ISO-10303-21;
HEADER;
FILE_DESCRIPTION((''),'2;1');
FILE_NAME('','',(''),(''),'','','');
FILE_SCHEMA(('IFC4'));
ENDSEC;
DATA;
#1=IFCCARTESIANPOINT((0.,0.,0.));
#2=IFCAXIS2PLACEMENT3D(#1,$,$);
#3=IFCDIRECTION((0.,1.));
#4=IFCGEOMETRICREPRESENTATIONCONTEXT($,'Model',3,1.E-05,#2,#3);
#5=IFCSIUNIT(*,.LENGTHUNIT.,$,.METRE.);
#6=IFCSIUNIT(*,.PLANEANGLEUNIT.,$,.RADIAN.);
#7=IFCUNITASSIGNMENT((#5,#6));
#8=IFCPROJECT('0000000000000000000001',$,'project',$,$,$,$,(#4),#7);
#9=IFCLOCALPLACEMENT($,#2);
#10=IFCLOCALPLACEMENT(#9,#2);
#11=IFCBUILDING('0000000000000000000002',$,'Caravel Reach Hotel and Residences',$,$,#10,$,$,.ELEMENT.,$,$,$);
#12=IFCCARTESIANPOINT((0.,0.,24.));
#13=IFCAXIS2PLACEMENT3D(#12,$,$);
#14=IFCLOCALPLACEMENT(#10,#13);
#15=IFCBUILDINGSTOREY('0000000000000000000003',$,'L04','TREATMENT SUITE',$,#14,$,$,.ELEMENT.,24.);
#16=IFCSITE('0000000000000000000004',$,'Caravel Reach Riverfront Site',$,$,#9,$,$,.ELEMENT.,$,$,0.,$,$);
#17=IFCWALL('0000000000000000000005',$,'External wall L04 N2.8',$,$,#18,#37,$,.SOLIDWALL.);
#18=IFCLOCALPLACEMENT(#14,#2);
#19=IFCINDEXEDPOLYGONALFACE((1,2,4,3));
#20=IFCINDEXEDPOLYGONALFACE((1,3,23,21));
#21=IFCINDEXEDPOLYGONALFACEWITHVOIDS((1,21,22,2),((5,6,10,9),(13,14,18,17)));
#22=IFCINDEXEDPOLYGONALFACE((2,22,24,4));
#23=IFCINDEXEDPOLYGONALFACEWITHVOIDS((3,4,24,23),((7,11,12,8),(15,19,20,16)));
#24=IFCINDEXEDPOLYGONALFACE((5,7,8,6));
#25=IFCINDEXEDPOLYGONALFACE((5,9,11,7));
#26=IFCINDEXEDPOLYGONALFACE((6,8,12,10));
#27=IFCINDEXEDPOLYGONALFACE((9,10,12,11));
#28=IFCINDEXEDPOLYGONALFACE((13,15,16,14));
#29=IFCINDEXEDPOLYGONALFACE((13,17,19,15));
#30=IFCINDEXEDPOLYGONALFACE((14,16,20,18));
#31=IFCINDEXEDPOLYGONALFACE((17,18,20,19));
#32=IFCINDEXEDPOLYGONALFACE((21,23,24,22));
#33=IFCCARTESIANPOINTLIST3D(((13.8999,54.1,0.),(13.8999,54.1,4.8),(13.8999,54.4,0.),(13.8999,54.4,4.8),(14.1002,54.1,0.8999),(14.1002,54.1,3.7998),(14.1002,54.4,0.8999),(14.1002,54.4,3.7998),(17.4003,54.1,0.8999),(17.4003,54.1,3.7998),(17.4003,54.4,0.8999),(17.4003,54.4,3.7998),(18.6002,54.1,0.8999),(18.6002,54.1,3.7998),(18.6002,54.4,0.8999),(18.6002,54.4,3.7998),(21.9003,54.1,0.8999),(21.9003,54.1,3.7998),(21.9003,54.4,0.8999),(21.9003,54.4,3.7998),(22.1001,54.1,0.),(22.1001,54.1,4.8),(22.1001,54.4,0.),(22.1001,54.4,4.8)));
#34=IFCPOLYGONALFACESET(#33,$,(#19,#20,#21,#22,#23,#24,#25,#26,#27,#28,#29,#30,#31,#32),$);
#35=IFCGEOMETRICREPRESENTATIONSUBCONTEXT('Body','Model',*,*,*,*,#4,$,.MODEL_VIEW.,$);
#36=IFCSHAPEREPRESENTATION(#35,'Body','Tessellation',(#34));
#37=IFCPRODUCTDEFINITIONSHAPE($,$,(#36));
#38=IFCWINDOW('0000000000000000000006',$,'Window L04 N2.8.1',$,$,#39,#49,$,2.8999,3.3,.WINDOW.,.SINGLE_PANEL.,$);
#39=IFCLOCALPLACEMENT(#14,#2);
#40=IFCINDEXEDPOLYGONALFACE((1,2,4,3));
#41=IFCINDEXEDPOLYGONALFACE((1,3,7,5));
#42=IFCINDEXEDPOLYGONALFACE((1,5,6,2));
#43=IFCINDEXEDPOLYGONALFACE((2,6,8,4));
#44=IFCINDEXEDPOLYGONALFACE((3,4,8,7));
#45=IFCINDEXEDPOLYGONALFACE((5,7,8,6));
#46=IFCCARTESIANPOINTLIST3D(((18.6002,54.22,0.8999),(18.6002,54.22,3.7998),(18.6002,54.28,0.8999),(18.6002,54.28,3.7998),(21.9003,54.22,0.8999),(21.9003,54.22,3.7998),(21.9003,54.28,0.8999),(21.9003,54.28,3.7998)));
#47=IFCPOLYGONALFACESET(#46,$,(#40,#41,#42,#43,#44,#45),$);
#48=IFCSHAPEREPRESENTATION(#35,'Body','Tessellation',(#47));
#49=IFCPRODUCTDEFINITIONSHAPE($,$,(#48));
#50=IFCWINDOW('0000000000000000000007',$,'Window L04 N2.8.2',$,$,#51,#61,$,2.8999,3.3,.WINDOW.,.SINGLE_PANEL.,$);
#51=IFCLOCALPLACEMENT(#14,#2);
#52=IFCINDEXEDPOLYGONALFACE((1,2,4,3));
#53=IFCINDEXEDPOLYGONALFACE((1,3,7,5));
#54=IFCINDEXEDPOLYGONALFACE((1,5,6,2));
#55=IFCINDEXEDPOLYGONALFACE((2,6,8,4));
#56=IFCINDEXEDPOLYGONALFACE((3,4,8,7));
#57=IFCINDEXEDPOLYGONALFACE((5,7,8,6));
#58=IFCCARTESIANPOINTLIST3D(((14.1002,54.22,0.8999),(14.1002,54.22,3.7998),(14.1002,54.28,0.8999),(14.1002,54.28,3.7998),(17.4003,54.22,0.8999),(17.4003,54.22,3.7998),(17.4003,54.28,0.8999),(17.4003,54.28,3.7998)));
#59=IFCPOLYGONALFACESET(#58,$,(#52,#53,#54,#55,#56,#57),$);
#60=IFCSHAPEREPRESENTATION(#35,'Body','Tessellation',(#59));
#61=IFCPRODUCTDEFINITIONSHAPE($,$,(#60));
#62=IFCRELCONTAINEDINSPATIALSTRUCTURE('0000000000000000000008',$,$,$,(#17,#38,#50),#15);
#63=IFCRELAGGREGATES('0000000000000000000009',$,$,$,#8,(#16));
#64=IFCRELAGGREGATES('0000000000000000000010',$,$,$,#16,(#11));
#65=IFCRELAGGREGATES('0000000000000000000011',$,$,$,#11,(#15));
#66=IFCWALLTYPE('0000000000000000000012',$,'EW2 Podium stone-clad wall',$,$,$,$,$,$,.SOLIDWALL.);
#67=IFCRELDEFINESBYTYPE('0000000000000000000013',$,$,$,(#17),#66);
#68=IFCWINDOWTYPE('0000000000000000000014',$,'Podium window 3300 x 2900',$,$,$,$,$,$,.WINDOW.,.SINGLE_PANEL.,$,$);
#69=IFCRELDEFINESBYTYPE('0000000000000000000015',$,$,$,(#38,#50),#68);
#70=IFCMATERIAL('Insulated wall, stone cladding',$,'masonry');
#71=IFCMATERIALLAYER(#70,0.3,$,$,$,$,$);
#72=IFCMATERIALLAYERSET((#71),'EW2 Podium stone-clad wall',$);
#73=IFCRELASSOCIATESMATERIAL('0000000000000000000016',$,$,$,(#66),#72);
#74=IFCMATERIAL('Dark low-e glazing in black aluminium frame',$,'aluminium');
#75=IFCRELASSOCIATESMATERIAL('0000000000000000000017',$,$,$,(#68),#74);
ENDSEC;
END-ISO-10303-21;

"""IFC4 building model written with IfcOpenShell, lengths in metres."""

from ifc_helpers import new_model, si_unit, direction, frame, frame_2d, origin, place, context, subcontext, project, spatial, rectangle, extrude, material, layer, layer_set, type_object, element, fill, save


model = new_model("IFC4")

# Units and contexts
model_context = context("Model", 3, precision=1e-05, world=origin(), true_north=direction((0.0, 1.0)))
body_context = subcontext(model_context, "Body", "Model", "MODEL_VIEW")
ifc_project = project(units=[si_unit("LENGTHUNIT", "METRE"), si_unit("PLANEANGLEUNIT", "RADIAN")], contexts=[model_context])

# Site, building, storey
site_placement = place(None, origin())
site = spatial("IfcSite", under=ifc_project, at=site_placement, Name="Caravel Reach Riverfront Site", CompositionType="ELEMENT", RefElevation=0.0)
building_placement = place(site_placement, origin())
building = spatial("IfcBuilding", under=site, at=building_placement, Name="Caravel Reach Hotel and Residences", CompositionType="ELEMENT")
storey_placement = place(building_placement, frame((0.0, 0.0, 24.0)))
storey = spatial("IfcBuildingStorey", under=building, at=storey_placement, Name="L04", Description="TREATMENT SUITE", CompositionType="ELEMENT", Elevation=24.0)

# Shared definitions
ifc_material_1 = material(Name="Insulated wall, stone cladding", Category="masonry")
ifc_layer = layer(ifc_material_1, 0.3)
ifc_layer_set = layer_set([ifc_layer], Name="EW2 Podium stone-clad wall")
wall_type = type_object("IfcWallType", Name="EW2 Podium stone-clad wall", PredefinedType="SOLIDWALL", material=ifc_layer_set)
ifc_material_2 = material(Name="Dark low-e glazing in black aluminium frame", Category="aluminium")
window_type = type_object("IfcWindowType", Name="Podium window 3300 x 2900", PartitioningType="SINGLE_PANEL", PredefinedType="WINDOW", material=ifc_material_2)

# Wall, openings, windows
wall_1_placement = place(storey_placement, frame((22.1001, 54.25, 0.0), z_axis=(0.0, 0.0, 1.0), x_axis=(-1.0, 0.0, 0.0)))
wall_1 = element("IfcWall", 1, at=wall_1_placement, inside=storey, type_object=wall_type, Name="External wall L04 N2.8", PredefinedType="SOLIDWALL", context=body_context, shape_type="SweptSolid", body=[
    extrude(rectangle(XDim=8.2002, YDim=0.3, at=frame_2d((4.1001, 0.0))), origin(), (0.0, 0.0, 1.0), 4.8),
])
opening_1_placement = place(wall_1_placement, frame((0.2, 0.0, 0.8999)))
opening_1 = element("IfcOpeningElement", 2, at=opening_1_placement, cuts=wall_1, PredefinedType="OPENING", context=body_context, shape_type="SweptSolid", body=[
    extrude(rectangle(XDim=3.3, YDim=2.8999, at=frame_2d((1.6499, 1.45))), frame((0.0, 0.1599, 0.0), z_axis=(0.0, -1.0, 0.0), x_axis=(1.0, 0.0, 0.0)), (0.0, 0.0, 1.0), 0.3201),
])
opening_2_placement = place(wall_1_placement, frame((4.7, 0.0, 0.8999)))
opening_2 = element("IfcOpeningElement", 3, at=opening_2_placement, cuts=wall_1, PredefinedType="OPENING", context=body_context, shape_type="SweptSolid", body=[
    extrude(rectangle(XDim=3.3, YDim=2.8999, at=frame_2d((1.6499, 1.45))), frame((0.0, 0.1599, 0.0), z_axis=(0.0, -1.0, 0.0), x_axis=(1.0, 0.0, 0.0)), (0.0, 0.0, 1.0), 0.3201),
])
window_1_placement = place(opening_1_placement, origin())
window_1 = element("IfcWindow", 4, at=window_1_placement, inside=storey, type_object=window_type, Name="Window L04 N2.8.1", OverallHeight=2.8999, OverallWidth=3.3, PartitioningType="SINGLE_PANEL", PredefinedType="WINDOW", context=body_context, shape_type="SweptSolid", body=[
    extrude(rectangle(XDim=3.3, YDim=2.8999, at=frame_2d((1.6499, 1.45))), frame((0.0, 0.03, 0.0), z_axis=(0.0, -1.0, 0.0), x_axis=(1.0, 0.0, 0.0)), (0.0, 0.0, 1.0), 0.0601),
])
fill(opening_1, window_1)
window_2_placement = place(opening_2_placement, origin())
window_2 = element("IfcWindow", 5, at=window_2_placement, inside=storey, type_object=window_type, Name="Window L04 N2.8.2", OverallHeight=2.8999, OverallWidth=3.3, PartitioningType="SINGLE_PANEL", PredefinedType="WINDOW", context=body_context, shape_type="SweptSolid", body=[
    extrude(rectangle(XDim=3.3, YDim=2.8999, at=frame_2d((1.6499, 1.45))), frame((0.0, 0.03, 0.0), z_axis=(0.0, -1.0, 0.0), x_axis=(1.0, 0.0, 0.0)), (0.0, 0.0, 1.0), 0.0601),
])
fill(opening_2, window_2)

save(model, "model.ifc")
